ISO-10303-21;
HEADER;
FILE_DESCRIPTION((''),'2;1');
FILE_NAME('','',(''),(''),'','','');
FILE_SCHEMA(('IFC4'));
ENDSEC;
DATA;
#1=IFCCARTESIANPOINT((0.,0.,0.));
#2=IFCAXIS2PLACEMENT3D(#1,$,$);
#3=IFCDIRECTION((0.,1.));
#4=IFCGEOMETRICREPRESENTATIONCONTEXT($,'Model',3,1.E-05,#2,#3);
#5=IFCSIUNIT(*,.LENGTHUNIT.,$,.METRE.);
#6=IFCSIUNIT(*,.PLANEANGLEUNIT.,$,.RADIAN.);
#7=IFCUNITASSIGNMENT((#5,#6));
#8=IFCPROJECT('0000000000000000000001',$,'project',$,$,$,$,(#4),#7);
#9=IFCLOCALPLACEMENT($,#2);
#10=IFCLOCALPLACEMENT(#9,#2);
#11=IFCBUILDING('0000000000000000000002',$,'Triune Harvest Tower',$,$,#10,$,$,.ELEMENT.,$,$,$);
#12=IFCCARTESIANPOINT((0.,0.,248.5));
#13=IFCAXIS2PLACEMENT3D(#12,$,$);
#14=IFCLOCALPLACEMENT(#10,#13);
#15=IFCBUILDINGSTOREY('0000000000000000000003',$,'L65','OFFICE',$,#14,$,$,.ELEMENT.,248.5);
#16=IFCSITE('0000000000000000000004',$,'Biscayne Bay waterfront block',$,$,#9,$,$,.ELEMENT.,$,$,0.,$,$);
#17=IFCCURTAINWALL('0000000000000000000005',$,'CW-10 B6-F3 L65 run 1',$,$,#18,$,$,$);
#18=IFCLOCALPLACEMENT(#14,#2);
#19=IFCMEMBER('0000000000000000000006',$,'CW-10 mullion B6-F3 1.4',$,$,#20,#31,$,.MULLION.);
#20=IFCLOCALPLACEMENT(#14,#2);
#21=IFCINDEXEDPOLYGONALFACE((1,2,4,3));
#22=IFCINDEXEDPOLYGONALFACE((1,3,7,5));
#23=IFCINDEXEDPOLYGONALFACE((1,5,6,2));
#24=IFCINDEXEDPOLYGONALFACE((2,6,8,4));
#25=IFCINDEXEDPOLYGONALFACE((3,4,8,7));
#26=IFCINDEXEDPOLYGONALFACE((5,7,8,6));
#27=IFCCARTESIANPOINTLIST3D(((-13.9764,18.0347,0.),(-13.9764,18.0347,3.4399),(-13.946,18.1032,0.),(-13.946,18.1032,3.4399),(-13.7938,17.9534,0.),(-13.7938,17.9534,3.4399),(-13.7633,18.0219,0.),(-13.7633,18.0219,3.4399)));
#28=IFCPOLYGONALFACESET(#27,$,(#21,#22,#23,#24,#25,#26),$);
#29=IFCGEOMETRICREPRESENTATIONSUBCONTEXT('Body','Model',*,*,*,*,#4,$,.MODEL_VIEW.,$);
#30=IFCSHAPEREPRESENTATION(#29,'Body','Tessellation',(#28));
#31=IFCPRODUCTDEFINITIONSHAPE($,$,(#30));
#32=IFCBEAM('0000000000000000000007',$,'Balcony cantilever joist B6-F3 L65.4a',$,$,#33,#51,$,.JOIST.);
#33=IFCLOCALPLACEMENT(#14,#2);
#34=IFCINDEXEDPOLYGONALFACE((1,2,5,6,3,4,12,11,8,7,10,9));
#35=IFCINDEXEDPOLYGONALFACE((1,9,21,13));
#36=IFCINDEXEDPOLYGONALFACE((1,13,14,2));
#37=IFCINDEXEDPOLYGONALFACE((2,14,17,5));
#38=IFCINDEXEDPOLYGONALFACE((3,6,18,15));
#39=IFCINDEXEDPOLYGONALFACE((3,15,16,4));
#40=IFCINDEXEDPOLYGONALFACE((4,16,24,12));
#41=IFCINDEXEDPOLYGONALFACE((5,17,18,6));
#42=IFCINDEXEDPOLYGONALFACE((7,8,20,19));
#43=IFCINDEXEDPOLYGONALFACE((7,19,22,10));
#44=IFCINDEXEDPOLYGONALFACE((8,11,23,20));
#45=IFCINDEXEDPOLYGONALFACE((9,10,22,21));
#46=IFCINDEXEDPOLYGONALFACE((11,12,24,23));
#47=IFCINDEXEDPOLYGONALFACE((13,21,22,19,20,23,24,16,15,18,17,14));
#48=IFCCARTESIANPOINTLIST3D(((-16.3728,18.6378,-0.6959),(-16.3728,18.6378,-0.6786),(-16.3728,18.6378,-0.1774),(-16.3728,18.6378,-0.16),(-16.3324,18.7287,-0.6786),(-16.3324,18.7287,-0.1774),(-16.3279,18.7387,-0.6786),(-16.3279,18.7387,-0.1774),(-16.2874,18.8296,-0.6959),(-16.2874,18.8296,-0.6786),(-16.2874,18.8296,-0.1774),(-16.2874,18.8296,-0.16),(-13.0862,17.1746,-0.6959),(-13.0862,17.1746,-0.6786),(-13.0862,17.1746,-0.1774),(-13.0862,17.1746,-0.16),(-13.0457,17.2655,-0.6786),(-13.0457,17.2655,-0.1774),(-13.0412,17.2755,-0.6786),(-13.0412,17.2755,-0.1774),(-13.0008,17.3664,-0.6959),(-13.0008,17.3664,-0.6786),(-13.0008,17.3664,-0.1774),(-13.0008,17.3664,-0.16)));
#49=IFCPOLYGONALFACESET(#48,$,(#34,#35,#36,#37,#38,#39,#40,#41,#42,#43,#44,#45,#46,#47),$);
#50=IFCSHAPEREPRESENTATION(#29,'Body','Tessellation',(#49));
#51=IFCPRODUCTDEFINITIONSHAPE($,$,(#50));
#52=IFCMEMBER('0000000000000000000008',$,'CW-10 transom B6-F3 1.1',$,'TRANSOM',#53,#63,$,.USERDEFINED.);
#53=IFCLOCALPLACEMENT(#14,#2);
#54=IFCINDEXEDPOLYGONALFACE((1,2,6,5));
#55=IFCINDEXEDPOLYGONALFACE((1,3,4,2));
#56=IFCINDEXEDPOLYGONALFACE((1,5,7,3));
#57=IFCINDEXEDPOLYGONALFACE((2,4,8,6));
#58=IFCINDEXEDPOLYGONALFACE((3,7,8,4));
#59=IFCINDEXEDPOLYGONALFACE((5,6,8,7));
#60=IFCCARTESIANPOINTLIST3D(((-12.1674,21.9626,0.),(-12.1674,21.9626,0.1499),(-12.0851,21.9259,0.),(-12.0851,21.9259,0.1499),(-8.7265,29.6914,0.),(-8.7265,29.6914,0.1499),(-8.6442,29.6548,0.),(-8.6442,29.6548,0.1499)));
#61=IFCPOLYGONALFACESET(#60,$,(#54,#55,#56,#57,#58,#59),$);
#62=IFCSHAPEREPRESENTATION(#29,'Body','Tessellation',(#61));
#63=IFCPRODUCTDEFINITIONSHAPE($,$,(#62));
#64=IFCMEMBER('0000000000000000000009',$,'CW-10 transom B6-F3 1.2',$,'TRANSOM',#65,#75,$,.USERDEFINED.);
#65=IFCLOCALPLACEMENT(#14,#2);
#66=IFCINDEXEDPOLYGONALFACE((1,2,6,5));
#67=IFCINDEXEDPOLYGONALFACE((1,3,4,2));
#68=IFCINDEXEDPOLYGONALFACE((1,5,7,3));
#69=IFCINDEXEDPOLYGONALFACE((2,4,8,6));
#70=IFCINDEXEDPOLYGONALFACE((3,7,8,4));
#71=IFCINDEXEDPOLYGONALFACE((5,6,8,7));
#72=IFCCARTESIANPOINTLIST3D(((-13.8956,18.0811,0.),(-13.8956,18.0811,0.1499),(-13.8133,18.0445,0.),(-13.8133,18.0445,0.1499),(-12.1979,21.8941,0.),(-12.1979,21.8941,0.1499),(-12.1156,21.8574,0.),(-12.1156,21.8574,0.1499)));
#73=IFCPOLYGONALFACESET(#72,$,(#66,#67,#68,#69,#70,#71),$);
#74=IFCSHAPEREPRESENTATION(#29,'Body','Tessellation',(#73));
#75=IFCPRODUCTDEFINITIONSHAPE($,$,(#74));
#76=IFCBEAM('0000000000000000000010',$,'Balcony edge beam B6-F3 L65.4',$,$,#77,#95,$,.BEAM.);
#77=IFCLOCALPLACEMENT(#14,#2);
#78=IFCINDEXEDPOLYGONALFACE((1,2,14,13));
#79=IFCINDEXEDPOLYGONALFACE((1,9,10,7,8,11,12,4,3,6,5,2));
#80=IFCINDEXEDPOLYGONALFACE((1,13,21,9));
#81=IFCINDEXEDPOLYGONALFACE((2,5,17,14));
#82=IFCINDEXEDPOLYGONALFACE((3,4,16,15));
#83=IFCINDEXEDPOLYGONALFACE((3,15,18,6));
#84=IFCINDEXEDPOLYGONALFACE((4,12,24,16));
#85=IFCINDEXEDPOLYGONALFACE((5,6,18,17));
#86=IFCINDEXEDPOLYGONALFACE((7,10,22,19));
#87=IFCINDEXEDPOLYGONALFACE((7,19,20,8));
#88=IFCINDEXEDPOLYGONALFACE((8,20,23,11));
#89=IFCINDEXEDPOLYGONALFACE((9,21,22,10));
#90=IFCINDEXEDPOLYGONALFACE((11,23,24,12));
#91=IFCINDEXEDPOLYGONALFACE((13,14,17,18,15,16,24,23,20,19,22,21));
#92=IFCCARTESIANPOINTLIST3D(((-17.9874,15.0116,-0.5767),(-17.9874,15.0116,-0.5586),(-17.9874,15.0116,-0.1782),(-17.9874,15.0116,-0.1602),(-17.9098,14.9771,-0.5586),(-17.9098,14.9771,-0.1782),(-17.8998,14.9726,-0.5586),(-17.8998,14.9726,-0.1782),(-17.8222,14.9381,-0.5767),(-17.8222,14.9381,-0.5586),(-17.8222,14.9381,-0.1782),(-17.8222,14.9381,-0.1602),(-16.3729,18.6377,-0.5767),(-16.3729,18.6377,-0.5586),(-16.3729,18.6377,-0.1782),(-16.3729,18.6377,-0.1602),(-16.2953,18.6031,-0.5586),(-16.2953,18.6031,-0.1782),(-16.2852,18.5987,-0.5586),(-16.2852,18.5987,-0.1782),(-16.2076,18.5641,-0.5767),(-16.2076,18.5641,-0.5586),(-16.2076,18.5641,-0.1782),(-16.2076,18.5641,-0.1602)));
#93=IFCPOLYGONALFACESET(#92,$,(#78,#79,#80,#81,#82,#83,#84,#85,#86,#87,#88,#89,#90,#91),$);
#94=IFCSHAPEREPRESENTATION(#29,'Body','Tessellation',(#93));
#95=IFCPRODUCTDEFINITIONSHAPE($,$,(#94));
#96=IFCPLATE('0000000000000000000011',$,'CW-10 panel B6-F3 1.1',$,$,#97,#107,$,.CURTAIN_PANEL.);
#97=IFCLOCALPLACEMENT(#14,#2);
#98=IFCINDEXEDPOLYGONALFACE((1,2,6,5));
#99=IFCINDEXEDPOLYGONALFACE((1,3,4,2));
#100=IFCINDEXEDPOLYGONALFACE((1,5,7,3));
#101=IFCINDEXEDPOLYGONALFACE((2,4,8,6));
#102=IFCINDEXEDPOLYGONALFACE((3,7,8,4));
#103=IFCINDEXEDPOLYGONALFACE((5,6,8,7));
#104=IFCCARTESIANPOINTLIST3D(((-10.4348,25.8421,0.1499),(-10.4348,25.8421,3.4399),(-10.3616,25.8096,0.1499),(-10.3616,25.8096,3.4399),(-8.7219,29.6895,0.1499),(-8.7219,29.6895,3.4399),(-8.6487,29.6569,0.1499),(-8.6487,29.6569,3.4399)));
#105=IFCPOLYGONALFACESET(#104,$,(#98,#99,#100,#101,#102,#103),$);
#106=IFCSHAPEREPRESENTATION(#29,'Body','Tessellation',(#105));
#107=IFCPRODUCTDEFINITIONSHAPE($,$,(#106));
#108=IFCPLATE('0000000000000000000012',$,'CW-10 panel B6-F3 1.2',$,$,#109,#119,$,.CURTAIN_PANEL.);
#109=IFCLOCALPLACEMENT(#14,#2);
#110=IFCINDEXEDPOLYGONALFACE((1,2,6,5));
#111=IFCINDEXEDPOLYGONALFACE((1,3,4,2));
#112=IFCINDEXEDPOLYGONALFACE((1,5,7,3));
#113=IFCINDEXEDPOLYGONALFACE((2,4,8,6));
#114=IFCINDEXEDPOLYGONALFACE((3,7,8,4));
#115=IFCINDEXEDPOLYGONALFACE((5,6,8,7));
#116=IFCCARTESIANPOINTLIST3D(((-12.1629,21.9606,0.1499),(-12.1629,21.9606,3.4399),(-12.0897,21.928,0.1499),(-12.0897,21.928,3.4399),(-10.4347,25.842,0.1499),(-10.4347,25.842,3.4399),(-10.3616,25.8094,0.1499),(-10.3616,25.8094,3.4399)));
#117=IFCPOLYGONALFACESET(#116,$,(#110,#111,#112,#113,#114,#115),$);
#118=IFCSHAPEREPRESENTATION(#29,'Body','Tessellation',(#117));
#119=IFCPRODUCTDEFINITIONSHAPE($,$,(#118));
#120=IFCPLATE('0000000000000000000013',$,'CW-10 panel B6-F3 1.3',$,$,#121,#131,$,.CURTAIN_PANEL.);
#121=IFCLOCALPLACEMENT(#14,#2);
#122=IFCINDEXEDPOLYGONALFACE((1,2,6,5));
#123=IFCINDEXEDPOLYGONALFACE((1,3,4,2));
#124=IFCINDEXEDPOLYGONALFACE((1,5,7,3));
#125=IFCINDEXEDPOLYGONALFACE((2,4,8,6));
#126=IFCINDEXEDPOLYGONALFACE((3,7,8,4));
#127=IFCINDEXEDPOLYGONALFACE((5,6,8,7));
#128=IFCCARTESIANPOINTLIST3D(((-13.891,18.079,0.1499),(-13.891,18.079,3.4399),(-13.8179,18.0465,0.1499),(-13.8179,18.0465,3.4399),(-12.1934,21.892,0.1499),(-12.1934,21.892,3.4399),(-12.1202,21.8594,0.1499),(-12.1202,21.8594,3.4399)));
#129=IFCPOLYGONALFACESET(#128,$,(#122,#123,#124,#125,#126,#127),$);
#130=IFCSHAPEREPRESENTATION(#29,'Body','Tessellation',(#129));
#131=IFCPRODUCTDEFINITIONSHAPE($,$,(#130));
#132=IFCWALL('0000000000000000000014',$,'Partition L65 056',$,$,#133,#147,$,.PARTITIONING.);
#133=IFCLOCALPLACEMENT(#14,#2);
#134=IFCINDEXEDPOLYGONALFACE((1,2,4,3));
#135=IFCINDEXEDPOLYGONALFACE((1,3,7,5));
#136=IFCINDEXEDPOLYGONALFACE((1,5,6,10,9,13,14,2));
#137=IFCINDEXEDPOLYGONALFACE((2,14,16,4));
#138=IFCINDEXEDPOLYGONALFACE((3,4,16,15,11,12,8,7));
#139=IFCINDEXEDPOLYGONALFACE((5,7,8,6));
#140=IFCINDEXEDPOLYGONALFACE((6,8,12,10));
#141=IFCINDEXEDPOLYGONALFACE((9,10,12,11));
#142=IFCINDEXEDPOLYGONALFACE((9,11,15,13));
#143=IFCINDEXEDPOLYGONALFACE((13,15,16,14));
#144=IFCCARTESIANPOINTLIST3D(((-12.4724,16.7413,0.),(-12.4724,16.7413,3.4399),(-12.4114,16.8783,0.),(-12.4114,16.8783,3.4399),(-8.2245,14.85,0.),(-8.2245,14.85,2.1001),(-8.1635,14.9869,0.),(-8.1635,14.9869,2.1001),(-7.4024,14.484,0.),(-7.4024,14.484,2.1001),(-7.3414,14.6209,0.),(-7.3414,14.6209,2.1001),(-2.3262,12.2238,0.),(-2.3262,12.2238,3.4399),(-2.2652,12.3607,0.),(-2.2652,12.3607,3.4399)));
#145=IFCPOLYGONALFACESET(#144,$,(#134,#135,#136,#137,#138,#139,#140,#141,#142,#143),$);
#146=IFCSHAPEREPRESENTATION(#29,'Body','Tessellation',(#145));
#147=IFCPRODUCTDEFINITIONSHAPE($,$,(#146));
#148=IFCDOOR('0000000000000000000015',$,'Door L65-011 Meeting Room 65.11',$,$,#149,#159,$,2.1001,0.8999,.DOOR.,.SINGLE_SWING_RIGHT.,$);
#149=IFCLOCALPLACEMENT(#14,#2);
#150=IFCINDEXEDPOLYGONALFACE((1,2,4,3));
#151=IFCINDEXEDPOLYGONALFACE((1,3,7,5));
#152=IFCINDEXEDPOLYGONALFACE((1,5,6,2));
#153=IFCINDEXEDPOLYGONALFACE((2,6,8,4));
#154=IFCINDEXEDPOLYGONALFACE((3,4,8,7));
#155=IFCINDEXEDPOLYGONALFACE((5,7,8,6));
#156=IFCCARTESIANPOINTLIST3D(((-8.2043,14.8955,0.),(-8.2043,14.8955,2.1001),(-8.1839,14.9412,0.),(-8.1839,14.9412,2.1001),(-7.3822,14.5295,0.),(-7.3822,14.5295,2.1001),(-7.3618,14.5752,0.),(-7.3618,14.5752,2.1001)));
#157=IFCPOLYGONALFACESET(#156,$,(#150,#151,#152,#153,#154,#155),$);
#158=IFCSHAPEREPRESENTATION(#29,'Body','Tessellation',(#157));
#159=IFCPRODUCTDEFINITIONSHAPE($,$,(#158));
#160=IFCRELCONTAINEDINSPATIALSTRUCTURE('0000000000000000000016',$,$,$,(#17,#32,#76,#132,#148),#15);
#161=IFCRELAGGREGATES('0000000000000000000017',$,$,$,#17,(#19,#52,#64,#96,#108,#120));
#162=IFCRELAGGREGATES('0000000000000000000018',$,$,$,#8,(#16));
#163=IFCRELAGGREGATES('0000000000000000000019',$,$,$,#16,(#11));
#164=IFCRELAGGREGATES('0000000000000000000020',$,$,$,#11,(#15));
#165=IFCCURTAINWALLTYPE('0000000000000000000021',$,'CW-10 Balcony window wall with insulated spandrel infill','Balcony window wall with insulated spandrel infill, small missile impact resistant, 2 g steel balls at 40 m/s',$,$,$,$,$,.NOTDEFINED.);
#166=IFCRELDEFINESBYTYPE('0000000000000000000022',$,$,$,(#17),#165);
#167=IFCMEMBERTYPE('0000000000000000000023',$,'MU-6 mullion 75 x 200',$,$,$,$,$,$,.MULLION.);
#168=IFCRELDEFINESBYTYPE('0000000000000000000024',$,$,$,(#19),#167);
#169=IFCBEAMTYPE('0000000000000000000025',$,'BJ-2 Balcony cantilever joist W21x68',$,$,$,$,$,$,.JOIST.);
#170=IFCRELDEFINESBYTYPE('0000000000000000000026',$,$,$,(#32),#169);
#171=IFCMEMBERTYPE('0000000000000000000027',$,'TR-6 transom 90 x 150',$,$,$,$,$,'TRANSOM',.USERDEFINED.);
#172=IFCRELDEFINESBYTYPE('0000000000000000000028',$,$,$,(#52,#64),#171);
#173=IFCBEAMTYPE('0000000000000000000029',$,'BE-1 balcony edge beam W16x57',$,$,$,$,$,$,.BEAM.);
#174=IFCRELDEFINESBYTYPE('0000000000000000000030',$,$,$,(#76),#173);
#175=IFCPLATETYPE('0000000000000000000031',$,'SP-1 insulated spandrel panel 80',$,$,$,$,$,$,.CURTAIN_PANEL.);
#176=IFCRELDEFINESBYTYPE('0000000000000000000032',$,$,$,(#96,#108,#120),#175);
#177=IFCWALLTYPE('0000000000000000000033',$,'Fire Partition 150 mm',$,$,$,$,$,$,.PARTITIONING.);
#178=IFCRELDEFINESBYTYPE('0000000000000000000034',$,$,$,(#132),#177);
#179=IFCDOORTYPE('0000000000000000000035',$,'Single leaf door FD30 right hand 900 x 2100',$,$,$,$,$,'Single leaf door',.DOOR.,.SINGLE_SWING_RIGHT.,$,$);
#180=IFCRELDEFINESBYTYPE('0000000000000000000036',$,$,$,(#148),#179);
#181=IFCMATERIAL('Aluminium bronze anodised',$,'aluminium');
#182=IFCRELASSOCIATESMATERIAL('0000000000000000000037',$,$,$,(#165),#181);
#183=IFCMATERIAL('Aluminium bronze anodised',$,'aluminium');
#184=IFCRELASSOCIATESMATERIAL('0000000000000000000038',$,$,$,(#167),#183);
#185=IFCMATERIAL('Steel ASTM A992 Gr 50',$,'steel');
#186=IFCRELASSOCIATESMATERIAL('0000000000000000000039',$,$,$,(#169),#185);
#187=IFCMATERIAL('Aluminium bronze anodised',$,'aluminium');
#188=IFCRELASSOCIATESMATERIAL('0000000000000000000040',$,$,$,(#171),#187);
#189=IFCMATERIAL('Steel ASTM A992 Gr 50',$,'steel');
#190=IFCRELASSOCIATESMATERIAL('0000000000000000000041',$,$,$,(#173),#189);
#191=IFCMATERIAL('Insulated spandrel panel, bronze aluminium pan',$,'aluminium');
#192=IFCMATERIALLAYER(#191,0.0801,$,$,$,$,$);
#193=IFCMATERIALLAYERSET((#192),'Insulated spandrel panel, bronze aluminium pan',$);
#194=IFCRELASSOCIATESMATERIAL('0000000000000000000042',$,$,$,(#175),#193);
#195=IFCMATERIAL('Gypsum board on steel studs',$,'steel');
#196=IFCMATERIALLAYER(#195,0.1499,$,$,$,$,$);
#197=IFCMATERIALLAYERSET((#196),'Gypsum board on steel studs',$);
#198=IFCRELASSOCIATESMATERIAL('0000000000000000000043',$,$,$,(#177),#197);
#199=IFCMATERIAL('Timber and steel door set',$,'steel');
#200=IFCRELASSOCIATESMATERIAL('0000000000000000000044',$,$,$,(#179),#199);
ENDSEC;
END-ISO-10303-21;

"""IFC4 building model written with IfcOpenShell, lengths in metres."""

from ifc_helpers import new_model, si_unit, direction, frame, frame_2d, origin, origin_2d, place, context, subcontext, project, spatial, rectangle, i_section, extrude, source, transform, mapped, material, layer, layer_set, material_profile, profile_set, type_object, element, fill, aggregate, save


model = new_model("IFC4")

# Units and contexts
model_context = context("Model", 3, precision=1e-05, world=origin(), true_north=direction((0.0, 1.0)))
body_context = subcontext(model_context, "Body", "Model", "MODEL_VIEW")
ifc_project = project(units=[si_unit("LENGTHUNIT", "METRE"), si_unit("PLANEANGLEUNIT", "RADIAN")], contexts=[model_context])

# Site, building, storey
site_placement = place(None, origin())
site = spatial("IfcSite", under=ifc_project, at=site_placement, Name="Biscayne Bay waterfront block", CompositionType="ELEMENT", RefElevation=0.0)
building_placement = place(site_placement, origin())
building = spatial("IfcBuilding", under=site, at=building_placement, Name="Triune Harvest Tower", CompositionType="ELEMENT")
storey_placement = place(building_placement, frame((0.0, 0.0, 248.5)))
storey = spatial("IfcBuildingStorey", under=building, at=storey_placement, Name="L65", Description="OFFICE", CompositionType="ELEMENT", Elevation=248.5)

# Curtain wall, member
ifc_material_1 = material(Name="Aluminium bronze anodised", Category="aluminium")
curtain_wall_type = type_object("IfcCurtainWallType", Name="CW-10 Balcony window wall with insulated spandrel infill", Description="Balcony window wall with insulated spandrel infill, small missile impact resistant, 2 g steel balls at 40 m/s", PredefinedType="NOTDEFINED", material=ifc_material_1)
curtain_wall_placement = place(storey_placement, origin())
curtain_wall = element("IfcCurtainWall", 1, at=curtain_wall_placement, inside=storey, type_object=curtain_wall_type, Name="CW-10 B6-F3 L65 run 1")
ifc_material_2 = material(Name="Aluminium bronze anodised", Category="aluminium")
ifc_material_profile_1 = material_profile(ifc_material_2, rectangle(XDim=0.2, YDim=0.075, at=origin_2d()), Name="MU-6 mullion 75 x 200")
ifc_profile_set_1 = profile_set([ifc_material_profile_1], Name="Aluminium bronze anodised")
member_type_1 = type_object("IfcMemberType", Name="MU-6 mullion 75 x 200", PredefinedType="MULLION", material=ifc_profile_set_1)
shared_shape_1 = source(origin(), body_context, "Body", "SweptSolid", [
    extrude(rectangle(XDim=0.2, YDim=0.075, at=origin_2d()), origin(), (0.0, 0.0, 1.0), 3.4399),
])
member_1_placement = place(storey_placement, frame((-13.8699, 18.0283, 0.0), z_axis=(0.0, 0.0, 1.0), x_axis=(0.913545, -0.406738, 0.0)))
member_1 = element("IfcMember", 2, at=member_1_placement, type_object=member_type_1, Name="CW-10 mullion B6-F3 1.4", PredefinedType="MULLION", context=body_context, shape_type="MappedRepresentation", body=[
    mapped(shared_shape_1, transform((0.0, 0.0, 0.0), scale=1.0)),
])

# Beam
ifc_material_3 = material(Name="Steel ASTM A992 Gr 50", Category="steel")
ifc_material_profile_2 = material_profile(ifc_material_3, i_section(OverallWidth=0.21, OverallDepth=0.5359, WebThickness=0.011, FlangeThickness=0.0173, at=origin_2d()), Name="W21x68")
ifc_profile_set_2 = profile_set([ifc_material_profile_2], Name="Steel ASTM A992 Gr 50")
beam_type_1 = type_object("IfcBeamType", Name="BJ-2 Balcony cantilever joist W21x68", PredefinedType="JOIST", material=ifc_profile_set_2)
shared_shape_2 = source(origin(), body_context, "Body", "SweptSolid", [
    extrude(i_section(OverallWidth=0.21, OverallDepth=0.5359, WebThickness=0.011, FlangeThickness=0.0173, at=origin_2d()), origin(), (0.0, 0.0, 1.0), 3.5977),
])
beam_1_placement = place(storey_placement, frame((-13.0435, 17.2705, -0.428), z_axis=(-0.913562, 0.406699, 0.0), x_axis=(-0.406699, -0.913562, 0.0)))
element("IfcBeam", 3, at=beam_1_placement, inside=storey, type_object=beam_type_1, Name="Balcony cantilever joist B6-F3 L65.4a", PredefinedType="JOIST", context=body_context, shape_type="MappedRepresentation", body=[
    mapped(shared_shape_2, transform((0.0, 0.0, 0.0), scale=1.0)),
])

# Members
ifc_material_4 = material(Name="Aluminium bronze anodised", Category="aluminium")
ifc_material_profile_3 = material_profile(ifc_material_4, rectangle(XDim=0.0901, YDim=0.1499, at=origin_2d()), Name="TR-6 transom 90 x 150")
ifc_profile_set_3 = profile_set([ifc_material_profile_3], Name="Aluminium bronze anodised")
member_type_2 = type_object("IfcMemberType", Name="TR-6 transom 90 x 150", ElementType="TRANSOM", PredefinedType="USERDEFINED", material=ifc_profile_set_3)
shared_shape_3 = source(origin(), body_context, "Body", "SweptSolid", [
    extrude(rectangle(XDim=0.0901, YDim=0.1499, at=origin_2d()), origin(), (0.0, 0.0, 1.0), 8.4602),
])
member_2_placement = place(storey_placement, frame((-8.6853, 29.6731, 0.075), z_axis=(-0.406722, -0.913552, 0.0), x_axis=(0.913552, -0.406722, 0.0)))
member_2 = element("IfcMember", 4, at=member_2_placement, type_object=member_type_2, Name="CW-10 transom B6-F3 1.1", ObjectType="TRANSOM", PredefinedType="USERDEFINED", context=body_context, shape_type="MappedRepresentation", body=[
    mapped(shared_shape_3, transform((0.0, 0.0, 0.0), scale=1.0)),
])
shared_shape_4 = source(origin(), body_context, "Body", "SweptSolid", [
    extrude(rectangle(XDim=0.0901, YDim=0.1499, at=origin_2d()), origin(), (0.0, 0.0, 1.0), 4.1738),
])
member_3_placement = place(storey_placement, frame((-12.1567, 21.8757, 0.075), z_axis=(-0.406757, -0.913536, 0.0), x_axis=(0.913536, -0.406757, 0.0)))
member_3 = element("IfcMember", 5, at=member_3_placement, type_object=member_type_2, Name="CW-10 transom B6-F3 1.2", ObjectType="TRANSOM", PredefinedType="USERDEFINED", context=body_context, shape_type="MappedRepresentation", body=[
    mapped(shared_shape_4, transform((0.0, 0.0, 0.0), scale=1.0)),
])

# Beam
ifc_material_5 = material(Name="Steel ASTM A992 Gr 50", Category="steel")
ifc_material_profile_4 = material_profile(ifc_material_5, i_section(OverallWidth=0.1809, OverallDepth=0.4165, WebThickness=0.011, FlangeThickness=0.0181, at=origin_2d()), Name="W16x57")
ifc_profile_set_4 = profile_set([ifc_material_profile_4], Name="Steel ASTM A992 Gr 50")
beam_type_2 = type_object("IfcBeamType", Name="BE-1 balcony edge beam W16x57", PredefinedType="BEAM", material=ifc_profile_set_4)
shared_shape_5 = source(origin(), body_context, "Body", "SweptSolid", [
    extrude(i_section(OverallWidth=0.1809, OverallDepth=0.4165, WebThickness=0.011, FlangeThickness=0.0181, at=origin_2d()), origin(), (0.0, 0.0, 1.0), 3.9692),
])
beam_2_placement = place(storey_placement, frame((-17.9048, 14.9749, -0.3684), z_axis=(0.40676, 0.913535, 0.0), x_axis=(-0.913535, 0.40676, 0.0)))
element("IfcBeam", 6, at=beam_2_placement, inside=storey, type_object=beam_type_2, Name="Balcony edge beam B6-F3 L65.4", PredefinedType="BEAM", context=body_context, shape_type="MappedRepresentation", body=[
    mapped(shared_shape_5, transform((0.0, 0.0, 0.0), scale=1.0)),
])

# Plates
ifc_material_6 = material(Name="Insulated spandrel panel, bronze aluminium pan", Category="aluminium")
ifc_layer_1 = layer(ifc_material_6, 0.0801)
ifc_layer_set_1 = layer_set([ifc_layer_1], Name="Insulated spandrel panel, bronze aluminium pan")
plate_type = type_object("IfcPlateType", Name="SP-1 insulated spandrel panel 80", PredefinedType="CURTAIN_PANEL", material=ifc_layer_set_1)
shared_shape_6 = source(origin(), body_context, "Body", "SweptSolid", [
    extrude(rectangle(XDim=4.2114, YDim=0.0801, at=origin_2d()), origin(), (0.0, 0.0, 1.0), 3.29),
])
plate_1_placement = place(storey_placement, frame((-9.5417, 27.7495, 0.1499), z_axis=(0.0, 0.0, 1.0), x_axis=(-0.406738, -0.913545, 0.0)))
plate_1 = element("IfcPlate", 7, at=plate_1_placement, type_object=plate_type, Name="CW-10 panel B6-F3 1.1", PredefinedType="CURTAIN_PANEL", context=body_context, shape_type="MappedRepresentation", body=[
    mapped(shared_shape_6, transform((0.0, 0.0, 0.0), scale=1.0)),
])
shared_shape_7 = source(origin(), body_context, "Body", "SweptSolid", [
    extrude(rectangle(XDim=4.2488, YDim=0.0801, at=origin_2d()), origin(), (0.0, 0.0, 1.0), 3.29),
])
plate_2_placement = place(storey_placement, frame((-11.2622, 23.885, 0.1499), z_axis=(0.0, 0.0, 1.0), x_axis=(-0.406738, -0.913545, 0.0)))
plate_2 = element("IfcPlate", 8, at=plate_2_placement, type_object=plate_type, Name="CW-10 panel B6-F3 1.2", PredefinedType="CURTAIN_PANEL", context=body_context, shape_type="MappedRepresentation", body=[
    mapped(shared_shape_7, transform((0.0, 0.0, 0.0), scale=1.0)),
])
shared_shape_8 = source(origin(), body_context, "Body", "SweptSolid", [
    extrude(rectangle(XDim=4.1738, YDim=0.0801, at=origin_2d()), origin(), (0.0, 0.0, 1.0), 3.29),
])
plate_3_placement = place(storey_placement, frame((-13.0056, 19.9692, 0.1499), z_axis=(0.0, 0.0, 1.0), x_axis=(-0.406738, -0.913545, 0.0)))
plate_3 = element("IfcPlate", 9, at=plate_3_placement, type_object=plate_type, Name="CW-10 panel B6-F3 1.3", PredefinedType="CURTAIN_PANEL", context=body_context, shape_type="MappedRepresentation", body=[
    mapped(shared_shape_8, transform((0.0, 0.0, 0.0), scale=1.0)),
])
aggregate(curtain_wall, [member_1, member_2, member_3, plate_1, plate_2, plate_3])

# Wall, opening, door
ifc_material_7 = material(Name="Gypsum board on steel studs", Category="steel")
ifc_layer_2 = layer(ifc_material_7, 0.1499)
ifc_layer_set_2 = layer_set([ifc_layer_2], Name="Gypsum board on steel studs")
wall_type_1 = type_object("IfcWallType", Name="Fire Partition 150 mm", PredefinedType="PARTITIONING", material=ifc_layer_set_2)
wall_1_placement = place(storey_placement, frame((-12.4419, 16.8098, 0.0), z_axis=(0.0, 0.0, 1.0), x_axis=(0.913539, -0.40675, 0.0)))
wall_1 = element("IfcWall", 10, at=wall_1_placement, inside=storey, type_object=wall_type_1, Name="Partition L65 056", PredefinedType="PARTITIONING", context=body_context, shape_type="SweptSolid", body=[
    extrude(rectangle(XDim=11.1064, YDim=0.1499, at=frame_2d((5.5532, 0.0))), origin(), (0.0, 0.0, 1.0), 3.4399),
])
opening_1_placement = place(wall_1_placement, frame((4.6499, 0.0, 0.0)))
opening_1 = element("IfcOpeningElement", 11, at=opening_1_placement, cuts=wall_1, PredefinedType="OPENING", context=body_context, shape_type="SweptSolid", body=[
    extrude(rectangle(XDim=0.8999, YDim=2.1001, at=frame_2d((0.45, 1.05))), frame((0.0, 0.085, 0.0), z_axis=(0.0, -1.0, 0.0), x_axis=(1.0, 0.0, 0.0)), (0.0, 0.0, 1.0), 0.1699),
])
ifc_material_8 = material(Name="Timber and steel door set", Category="steel")
door_type_1 = type_object("IfcDoorType", Name="Single leaf door FD30 right hand 900 x 2100", ElementType="Single leaf door", OperationType="SINGLE_SWING_RIGHT", PredefinedType="DOOR", material=ifc_material_8)
door_1_placement = place(opening_1_placement, origin())
door_1 = element("IfcDoor", 12, at=door_1_placement, inside=storey, type_object=door_type_1, Name="Door L65-011 Meeting Room 65.11", OperationType="SINGLE_SWING_RIGHT", OverallHeight=2.1001, OverallWidth=0.8999, PredefinedType="DOOR", context=body_context, shape_type="SweptSolid", body=[
    extrude(rectangle(XDim=0.8999, YDim=2.1001, at=frame_2d((0.45, 1.05))), frame((0.0, 0.0249, 0.0), z_axis=(0.0, -1.0, 0.0), x_axis=(1.0, 0.0, 0.0)), (0.0, 0.0, 1.0), 0.05),
])
fill(opening_1, door_1)

save(model, "model.ifc")
